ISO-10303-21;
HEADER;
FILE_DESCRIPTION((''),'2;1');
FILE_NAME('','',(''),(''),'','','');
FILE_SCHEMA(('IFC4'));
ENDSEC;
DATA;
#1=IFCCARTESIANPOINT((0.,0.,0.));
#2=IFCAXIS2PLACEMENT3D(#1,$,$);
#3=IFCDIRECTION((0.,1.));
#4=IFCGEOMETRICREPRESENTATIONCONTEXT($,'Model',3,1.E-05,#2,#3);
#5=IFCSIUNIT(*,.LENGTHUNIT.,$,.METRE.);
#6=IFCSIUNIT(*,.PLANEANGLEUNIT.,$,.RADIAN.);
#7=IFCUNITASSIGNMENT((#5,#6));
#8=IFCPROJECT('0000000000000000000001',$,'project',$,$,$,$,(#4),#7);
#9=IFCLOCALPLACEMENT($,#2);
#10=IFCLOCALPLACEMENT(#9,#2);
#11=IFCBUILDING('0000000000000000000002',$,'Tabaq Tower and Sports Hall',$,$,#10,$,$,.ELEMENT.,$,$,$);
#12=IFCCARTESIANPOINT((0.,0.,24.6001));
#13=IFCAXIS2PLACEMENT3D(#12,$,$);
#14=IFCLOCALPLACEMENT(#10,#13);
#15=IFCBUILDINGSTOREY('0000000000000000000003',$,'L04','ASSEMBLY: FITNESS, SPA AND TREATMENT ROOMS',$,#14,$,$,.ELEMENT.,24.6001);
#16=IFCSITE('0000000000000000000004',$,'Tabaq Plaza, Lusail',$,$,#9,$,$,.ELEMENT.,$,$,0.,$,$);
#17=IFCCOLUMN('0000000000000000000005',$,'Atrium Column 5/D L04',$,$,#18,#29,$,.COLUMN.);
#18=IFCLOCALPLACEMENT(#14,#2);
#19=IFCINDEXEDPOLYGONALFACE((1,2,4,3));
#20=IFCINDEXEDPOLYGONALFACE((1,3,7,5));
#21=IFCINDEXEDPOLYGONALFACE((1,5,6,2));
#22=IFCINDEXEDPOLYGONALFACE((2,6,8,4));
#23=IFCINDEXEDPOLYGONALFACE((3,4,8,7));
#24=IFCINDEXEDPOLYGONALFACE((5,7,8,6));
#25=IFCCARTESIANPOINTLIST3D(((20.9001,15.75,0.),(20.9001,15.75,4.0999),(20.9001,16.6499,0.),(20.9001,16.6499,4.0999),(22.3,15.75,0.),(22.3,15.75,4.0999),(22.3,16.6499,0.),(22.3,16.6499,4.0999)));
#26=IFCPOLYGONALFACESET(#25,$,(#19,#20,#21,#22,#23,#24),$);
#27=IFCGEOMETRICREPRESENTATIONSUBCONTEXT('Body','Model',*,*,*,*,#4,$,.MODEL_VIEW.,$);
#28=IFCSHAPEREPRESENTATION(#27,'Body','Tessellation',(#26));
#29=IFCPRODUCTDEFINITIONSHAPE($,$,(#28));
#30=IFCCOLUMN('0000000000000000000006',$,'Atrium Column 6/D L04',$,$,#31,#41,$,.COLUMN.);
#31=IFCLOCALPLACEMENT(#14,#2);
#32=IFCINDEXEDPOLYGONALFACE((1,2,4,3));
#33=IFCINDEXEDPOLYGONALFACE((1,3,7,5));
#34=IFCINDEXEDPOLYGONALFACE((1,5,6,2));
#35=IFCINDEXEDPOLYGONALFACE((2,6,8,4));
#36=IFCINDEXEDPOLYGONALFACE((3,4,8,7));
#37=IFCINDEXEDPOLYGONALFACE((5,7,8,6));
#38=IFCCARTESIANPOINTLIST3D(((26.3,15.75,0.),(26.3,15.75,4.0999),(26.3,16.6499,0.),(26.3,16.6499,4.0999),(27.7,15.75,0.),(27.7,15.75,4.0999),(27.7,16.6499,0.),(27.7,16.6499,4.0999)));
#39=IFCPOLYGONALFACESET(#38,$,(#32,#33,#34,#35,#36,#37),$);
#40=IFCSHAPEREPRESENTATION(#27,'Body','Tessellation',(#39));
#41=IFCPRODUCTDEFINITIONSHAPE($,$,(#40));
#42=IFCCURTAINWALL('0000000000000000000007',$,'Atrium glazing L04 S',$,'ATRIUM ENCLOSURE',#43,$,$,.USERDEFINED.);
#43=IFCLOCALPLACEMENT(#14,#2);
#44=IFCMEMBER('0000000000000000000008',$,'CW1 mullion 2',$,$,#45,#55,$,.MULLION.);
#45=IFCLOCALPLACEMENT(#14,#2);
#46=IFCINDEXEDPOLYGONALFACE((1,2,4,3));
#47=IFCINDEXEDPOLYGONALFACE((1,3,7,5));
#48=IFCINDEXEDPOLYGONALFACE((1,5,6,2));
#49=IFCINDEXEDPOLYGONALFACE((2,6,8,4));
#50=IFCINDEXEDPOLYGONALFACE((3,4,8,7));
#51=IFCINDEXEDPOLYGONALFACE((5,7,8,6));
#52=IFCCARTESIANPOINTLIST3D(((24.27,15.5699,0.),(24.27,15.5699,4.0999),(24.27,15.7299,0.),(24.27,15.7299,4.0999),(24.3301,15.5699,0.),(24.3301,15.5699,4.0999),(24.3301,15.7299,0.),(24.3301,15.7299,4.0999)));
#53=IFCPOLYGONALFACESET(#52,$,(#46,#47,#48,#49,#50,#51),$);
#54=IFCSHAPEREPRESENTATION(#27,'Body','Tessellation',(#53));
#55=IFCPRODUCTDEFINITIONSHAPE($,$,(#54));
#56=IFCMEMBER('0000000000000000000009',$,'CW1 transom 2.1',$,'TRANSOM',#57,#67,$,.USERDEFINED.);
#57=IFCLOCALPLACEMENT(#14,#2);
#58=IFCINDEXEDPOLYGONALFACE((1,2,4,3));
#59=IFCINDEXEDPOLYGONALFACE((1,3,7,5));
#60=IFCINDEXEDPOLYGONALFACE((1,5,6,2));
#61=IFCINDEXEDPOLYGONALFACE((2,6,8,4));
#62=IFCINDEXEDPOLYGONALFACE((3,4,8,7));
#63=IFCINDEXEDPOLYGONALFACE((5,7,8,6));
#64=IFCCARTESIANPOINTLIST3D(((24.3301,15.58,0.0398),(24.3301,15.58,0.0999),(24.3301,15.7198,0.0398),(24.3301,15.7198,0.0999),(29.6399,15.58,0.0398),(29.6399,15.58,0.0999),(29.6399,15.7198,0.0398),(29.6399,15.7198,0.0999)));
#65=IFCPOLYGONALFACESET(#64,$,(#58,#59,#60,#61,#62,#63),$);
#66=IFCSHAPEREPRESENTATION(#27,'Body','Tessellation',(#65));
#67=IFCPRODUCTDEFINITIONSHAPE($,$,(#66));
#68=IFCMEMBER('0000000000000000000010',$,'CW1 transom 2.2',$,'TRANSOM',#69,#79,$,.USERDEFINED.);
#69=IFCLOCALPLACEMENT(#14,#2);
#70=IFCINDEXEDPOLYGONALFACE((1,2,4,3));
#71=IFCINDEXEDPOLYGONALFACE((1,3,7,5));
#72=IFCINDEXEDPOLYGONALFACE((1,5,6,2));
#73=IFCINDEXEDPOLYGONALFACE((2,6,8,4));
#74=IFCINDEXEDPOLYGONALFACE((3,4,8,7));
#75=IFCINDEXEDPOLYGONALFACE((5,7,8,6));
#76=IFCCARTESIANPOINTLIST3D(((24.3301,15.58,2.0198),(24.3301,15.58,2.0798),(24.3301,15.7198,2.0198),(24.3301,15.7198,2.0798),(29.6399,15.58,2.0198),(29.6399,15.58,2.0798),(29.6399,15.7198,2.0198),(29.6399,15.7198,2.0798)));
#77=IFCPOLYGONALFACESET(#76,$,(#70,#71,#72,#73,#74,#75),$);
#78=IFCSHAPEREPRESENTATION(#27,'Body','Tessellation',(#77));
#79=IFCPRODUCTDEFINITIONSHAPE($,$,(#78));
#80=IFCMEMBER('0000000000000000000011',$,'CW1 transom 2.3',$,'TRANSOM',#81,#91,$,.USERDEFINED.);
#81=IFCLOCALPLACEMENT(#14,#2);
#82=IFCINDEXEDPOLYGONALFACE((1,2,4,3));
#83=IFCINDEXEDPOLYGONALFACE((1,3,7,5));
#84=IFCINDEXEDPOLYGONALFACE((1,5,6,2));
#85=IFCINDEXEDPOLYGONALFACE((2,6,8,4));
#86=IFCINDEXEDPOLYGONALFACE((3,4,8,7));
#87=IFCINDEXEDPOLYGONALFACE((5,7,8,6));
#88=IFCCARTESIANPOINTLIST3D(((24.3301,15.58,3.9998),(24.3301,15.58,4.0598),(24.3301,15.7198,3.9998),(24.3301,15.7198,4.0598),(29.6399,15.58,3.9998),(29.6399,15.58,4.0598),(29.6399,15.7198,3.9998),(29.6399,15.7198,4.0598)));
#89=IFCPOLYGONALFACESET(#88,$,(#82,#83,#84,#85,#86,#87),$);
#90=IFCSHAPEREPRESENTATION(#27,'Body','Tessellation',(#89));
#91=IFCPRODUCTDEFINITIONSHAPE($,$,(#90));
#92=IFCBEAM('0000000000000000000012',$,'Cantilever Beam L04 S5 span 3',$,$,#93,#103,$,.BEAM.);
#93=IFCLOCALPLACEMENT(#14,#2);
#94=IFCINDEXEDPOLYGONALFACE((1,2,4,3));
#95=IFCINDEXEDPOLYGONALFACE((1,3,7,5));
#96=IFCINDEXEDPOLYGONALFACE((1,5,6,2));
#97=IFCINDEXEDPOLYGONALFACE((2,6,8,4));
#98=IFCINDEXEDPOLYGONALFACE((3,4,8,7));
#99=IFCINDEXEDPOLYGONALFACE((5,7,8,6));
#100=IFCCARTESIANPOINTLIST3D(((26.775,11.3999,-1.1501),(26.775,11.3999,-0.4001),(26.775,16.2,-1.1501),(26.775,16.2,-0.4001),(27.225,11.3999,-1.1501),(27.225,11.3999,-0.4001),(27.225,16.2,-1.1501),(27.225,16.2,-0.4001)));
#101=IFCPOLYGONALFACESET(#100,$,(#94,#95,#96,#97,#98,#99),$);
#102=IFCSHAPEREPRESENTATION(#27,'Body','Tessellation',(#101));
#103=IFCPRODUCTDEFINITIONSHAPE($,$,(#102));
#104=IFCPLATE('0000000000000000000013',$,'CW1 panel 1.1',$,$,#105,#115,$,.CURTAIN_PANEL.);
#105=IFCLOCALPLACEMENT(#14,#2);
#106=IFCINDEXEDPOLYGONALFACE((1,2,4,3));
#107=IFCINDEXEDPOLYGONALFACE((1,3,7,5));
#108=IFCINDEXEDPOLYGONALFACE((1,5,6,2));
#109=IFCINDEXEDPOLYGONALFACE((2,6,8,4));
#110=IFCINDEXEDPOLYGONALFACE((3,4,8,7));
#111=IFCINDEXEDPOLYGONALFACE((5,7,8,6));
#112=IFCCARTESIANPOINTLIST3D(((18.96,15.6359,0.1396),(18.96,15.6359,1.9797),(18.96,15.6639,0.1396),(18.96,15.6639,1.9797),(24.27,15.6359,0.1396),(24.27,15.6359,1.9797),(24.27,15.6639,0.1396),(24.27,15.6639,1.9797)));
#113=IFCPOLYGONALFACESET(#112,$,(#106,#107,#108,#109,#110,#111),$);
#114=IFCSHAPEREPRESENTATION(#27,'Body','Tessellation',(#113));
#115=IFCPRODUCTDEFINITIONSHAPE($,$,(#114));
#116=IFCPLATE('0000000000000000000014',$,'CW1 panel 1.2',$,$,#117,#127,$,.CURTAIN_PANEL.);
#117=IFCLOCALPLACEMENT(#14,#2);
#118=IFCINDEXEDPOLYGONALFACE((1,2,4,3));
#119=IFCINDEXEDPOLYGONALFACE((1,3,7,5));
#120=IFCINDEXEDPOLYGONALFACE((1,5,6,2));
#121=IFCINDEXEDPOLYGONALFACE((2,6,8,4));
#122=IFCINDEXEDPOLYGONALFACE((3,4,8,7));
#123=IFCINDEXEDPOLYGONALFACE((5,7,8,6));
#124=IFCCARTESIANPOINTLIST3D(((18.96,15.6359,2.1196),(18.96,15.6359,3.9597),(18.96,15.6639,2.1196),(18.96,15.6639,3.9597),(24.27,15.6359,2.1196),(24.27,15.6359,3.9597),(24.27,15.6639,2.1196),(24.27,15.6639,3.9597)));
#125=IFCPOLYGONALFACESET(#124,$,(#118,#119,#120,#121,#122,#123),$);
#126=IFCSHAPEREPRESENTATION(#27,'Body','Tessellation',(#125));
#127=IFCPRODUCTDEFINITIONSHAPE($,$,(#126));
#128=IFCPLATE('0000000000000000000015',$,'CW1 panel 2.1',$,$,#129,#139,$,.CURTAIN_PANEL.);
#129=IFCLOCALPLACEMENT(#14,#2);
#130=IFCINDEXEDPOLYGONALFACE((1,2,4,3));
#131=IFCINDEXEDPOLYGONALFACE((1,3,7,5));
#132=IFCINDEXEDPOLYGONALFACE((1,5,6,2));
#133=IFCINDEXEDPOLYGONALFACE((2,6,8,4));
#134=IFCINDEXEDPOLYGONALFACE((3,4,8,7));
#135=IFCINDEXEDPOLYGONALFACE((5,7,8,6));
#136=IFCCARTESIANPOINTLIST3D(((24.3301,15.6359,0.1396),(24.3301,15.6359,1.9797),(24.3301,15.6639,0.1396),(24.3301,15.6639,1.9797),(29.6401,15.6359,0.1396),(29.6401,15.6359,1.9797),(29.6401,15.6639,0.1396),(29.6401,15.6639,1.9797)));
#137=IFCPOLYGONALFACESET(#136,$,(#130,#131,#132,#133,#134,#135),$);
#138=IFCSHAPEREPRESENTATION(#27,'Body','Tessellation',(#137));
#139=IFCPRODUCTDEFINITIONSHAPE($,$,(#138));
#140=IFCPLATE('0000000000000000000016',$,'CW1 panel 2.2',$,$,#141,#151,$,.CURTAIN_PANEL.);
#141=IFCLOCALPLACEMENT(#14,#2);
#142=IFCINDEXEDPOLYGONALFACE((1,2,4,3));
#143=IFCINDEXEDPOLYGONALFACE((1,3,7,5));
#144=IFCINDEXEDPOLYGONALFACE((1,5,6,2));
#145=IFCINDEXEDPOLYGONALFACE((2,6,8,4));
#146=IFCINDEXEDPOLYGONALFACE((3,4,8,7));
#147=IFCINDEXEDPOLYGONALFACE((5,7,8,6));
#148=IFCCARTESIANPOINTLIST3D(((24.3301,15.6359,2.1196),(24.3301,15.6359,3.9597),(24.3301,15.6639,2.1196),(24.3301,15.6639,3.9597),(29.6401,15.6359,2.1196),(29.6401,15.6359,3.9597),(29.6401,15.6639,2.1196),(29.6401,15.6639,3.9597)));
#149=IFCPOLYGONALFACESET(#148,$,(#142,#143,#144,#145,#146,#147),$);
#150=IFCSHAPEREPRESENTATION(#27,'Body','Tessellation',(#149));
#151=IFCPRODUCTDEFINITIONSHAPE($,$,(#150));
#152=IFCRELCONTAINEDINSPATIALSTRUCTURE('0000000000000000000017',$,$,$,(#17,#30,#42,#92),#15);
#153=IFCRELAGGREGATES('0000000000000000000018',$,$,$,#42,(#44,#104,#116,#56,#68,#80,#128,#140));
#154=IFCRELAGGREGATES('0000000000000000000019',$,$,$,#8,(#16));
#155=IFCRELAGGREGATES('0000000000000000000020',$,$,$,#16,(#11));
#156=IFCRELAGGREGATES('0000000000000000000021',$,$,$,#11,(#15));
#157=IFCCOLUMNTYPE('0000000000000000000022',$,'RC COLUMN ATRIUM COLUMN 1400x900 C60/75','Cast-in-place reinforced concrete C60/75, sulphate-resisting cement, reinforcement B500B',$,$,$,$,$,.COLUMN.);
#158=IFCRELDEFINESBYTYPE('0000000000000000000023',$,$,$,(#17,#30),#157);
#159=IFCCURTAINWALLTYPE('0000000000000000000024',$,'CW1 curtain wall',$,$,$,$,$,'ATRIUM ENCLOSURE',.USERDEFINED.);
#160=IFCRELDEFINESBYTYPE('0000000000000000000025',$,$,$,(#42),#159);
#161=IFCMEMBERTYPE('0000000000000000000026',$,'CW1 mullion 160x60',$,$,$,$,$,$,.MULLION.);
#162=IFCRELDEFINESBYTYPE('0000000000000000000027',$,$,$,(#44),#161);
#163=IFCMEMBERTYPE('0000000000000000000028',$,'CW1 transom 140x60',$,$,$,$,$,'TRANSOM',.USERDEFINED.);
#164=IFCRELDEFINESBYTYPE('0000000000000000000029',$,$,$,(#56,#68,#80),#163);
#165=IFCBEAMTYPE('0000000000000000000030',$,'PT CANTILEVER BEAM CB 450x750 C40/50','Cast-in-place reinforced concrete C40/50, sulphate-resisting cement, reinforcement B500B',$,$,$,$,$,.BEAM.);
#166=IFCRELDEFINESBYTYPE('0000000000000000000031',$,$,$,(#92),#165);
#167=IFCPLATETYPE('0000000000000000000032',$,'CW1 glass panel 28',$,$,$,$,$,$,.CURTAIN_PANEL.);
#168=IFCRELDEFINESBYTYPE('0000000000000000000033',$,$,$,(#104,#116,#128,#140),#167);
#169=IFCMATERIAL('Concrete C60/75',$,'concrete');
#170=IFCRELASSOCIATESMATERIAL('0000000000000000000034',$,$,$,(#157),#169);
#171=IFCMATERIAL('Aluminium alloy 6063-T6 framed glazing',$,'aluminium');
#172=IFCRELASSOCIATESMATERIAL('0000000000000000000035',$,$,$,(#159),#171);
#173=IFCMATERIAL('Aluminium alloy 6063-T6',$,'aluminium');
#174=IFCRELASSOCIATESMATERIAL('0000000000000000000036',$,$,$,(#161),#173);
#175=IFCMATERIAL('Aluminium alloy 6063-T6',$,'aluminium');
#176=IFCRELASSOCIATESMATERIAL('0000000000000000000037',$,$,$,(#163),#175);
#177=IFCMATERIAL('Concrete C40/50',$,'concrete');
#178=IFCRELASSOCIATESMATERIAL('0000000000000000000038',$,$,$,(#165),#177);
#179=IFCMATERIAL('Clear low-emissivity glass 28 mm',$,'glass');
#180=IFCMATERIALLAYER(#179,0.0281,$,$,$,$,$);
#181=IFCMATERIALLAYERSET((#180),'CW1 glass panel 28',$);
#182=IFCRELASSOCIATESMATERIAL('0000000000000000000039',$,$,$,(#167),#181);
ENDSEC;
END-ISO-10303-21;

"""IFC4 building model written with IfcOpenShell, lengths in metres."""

from ifc_helpers import new_model, si_unit, direction, frame, origin, origin_2d, place, context, subcontext, project, spatial, rectangle, extrude, material, layer, layer_set, material_profile, profile_set, type_object, element, aggregate, save


model = new_model("IFC4")

# Units and contexts
model_context = context("Model", 3, precision=1e-05, world=origin(), true_north=direction((0.0, 1.0)))
body_context = subcontext(model_context, "Body", "Model", "MODEL_VIEW")
ifc_project = project(units=[si_unit("LENGTHUNIT", "METRE"), si_unit("PLANEANGLEUNIT", "RADIAN")], contexts=[model_context])

# Site, building, storey
site_placement = place(None, origin())
site = spatial("IfcSite", under=ifc_project, at=site_placement, Name="Tabaq Plaza, Lusail", CompositionType="ELEMENT", RefElevation=0.0)
building_placement = place(site_placement, origin())
building = spatial("IfcBuilding", under=site, at=building_placement, Name="Tabaq Tower and Sports Hall", CompositionType="ELEMENT")
storey_placement = place(building_placement, frame((0.0, 0.0, 24.6001)))
storey = spatial("IfcBuildingStorey", under=building, at=storey_placement, Name="L04", Description="ASSEMBLY: FITNESS, SPA AND TREATMENT ROOMS", CompositionType="ELEMENT", Elevation=24.6001)

# Columns
ifc_material_1 = material(Name="Concrete C60/75", Category="concrete")
ifc_material_profile_1 = material_profile(ifc_material_1, rectangle(XDim=1.3999, YDim=0.8999, at=origin_2d()), Name="ATRIUM COLUMN 1400x900")
ifc_profile_set_1 = profile_set([ifc_material_profile_1], Name="Concrete C60/75")
column_type = type_object("IfcColumnType", Name="RC COLUMN ATRIUM COLUMN 1400x900 C60/75", Description="Cast-in-place reinforced concrete C60/75, sulphate-resisting cement, reinforcement B500B", PredefinedType="COLUMN", material=ifc_profile_set_1)
for number, where, z_axis, x_axis, name in (
    (1, (21.6001, 16.2, 0.0), (0.0, 0.0, 1.0), (1.0, 0.0, 0.0), "Atrium Column 5/D L04"),
    (2, (27.0, 16.2, 0.0), (0.0, 0.0, 1.0), (1.0, 0.0, 0.0), "Atrium Column 6/D L04"),
):
    element("IfcColumn", number, at=place(storey_placement, frame(where, z_axis=z_axis, x_axis=x_axis)), inside=storey, type_object=column_type, Name=name, PredefinedType="COLUMN", context=body_context, shape_type="SweptSolid", body=[
        extrude(rectangle(XDim=1.3999, YDim=0.8999, at=origin_2d()), origin(), (0.0, 0.0, 1.0), 4.0999),
    ])

# Curtain wall, members
ifc_material_2 = material(Name="Aluminium alloy 6063-T6 framed glazing", Category="aluminium")
curtain_wall_type = type_object("IfcCurtainWallType", Name="CW1 curtain wall", ElementType="ATRIUM ENCLOSURE", PredefinedType="USERDEFINED", material=ifc_material_2)
curtain_wall_placement = place(storey_placement, origin())
curtain_wall = element("IfcCurtainWall", 3, at=curtain_wall_placement, inside=storey, type_object=curtain_wall_type, Name="Atrium glazing L04 S", ObjectType="ATRIUM ENCLOSURE", PredefinedType="USERDEFINED")
ifc_material_3 = material(Name="Aluminium alloy 6063-T6", Category="aluminium")
ifc_material_profile_2 = material_profile(ifc_material_3, rectangle(XDim=0.1599, YDim=0.0601, at=origin_2d()), Name="MULLION 160x60")
ifc_profile_set_2 = profile_set([ifc_material_profile_2], Name="Aluminium alloy 6063-T6")
member_type_1 = type_object("IfcMemberType", Name="CW1 mullion 160x60", PredefinedType="MULLION", material=ifc_profile_set_2)
member_1_placement = place(storey_placement, frame((24.3, 15.6499, 0.0), z_axis=(0.0, 0.0, 1.0), x_axis=(0.0, 1.0, 0.0)))
member_1 = element("IfcMember", 4, at=member_1_placement, type_object=member_type_1, Name="CW1 mullion 2", PredefinedType="MULLION", context=body_context, shape_type="SweptSolid", body=[
    extrude(rectangle(XDim=0.1599, YDim=0.0601, at=origin_2d()), origin(), (0.0, 0.0, 1.0), 4.0999),
])
ifc_material_4 = material(Name="Aluminium alloy 6063-T6", Category="aluminium")
ifc_material_profile_3 = material_profile(ifc_material_4, rectangle(XDim=0.1399, YDim=0.0601, at=origin_2d()), Name="TRANSOM 140x60")
ifc_profile_set_3 = profile_set([ifc_material_profile_3], Name="Aluminium alloy 6063-T6")
member_type_2 = type_object("IfcMemberType", Name="CW1 transom 140x60", ElementType="TRANSOM", PredefinedType="USERDEFINED", material=ifc_profile_set_3)
member_2_placement = place(storey_placement, frame((24.3301, 15.6499, 0.0698), z_axis=(1.0, 0.0, 0.0), x_axis=(0.0, 1.0, 0.0)))
member_2 = element("IfcMember", 5, at=member_2_placement, type_object=member_type_2, Name="CW1 transom 2.1", ObjectType="TRANSOM", PredefinedType="USERDEFINED", context=body_context, shape_type="SweptSolid", body=[
    extrude(rectangle(XDim=0.1399, YDim=0.0601, at=origin_2d()), origin(), (0.0, 0.0, 1.0), 5.3098),
])
member_3_placement = place(storey_placement, frame((24.3301, 15.6499, 2.0498), z_axis=(1.0, 0.0, 0.0), x_axis=(0.0, 1.0, 0.0)))
member_3 = element("IfcMember", 6, at=member_3_placement, type_object=member_type_2, Name="CW1 transom 2.2", ObjectType="TRANSOM", PredefinedType="USERDEFINED", context=body_context, shape_type="SweptSolid", body=[
    extrude(rectangle(XDim=0.1399, YDim=0.0601, at=origin_2d()), origin(), (0.0, 0.0, 1.0), 5.3098),
])
member_4_placement = place(storey_placement, frame((24.3301, 15.6499, 4.0298), z_axis=(1.0, 0.0, 0.0), x_axis=(0.0, 1.0, 0.0)))
member_4 = element("IfcMember", 7, at=member_4_placement, type_object=member_type_2, Name="CW1 transom 2.3", ObjectType="TRANSOM", PredefinedType="USERDEFINED", context=body_context, shape_type="SweptSolid", body=[
    extrude(rectangle(XDim=0.1399, YDim=0.0601, at=origin_2d()), origin(), (0.0, 0.0, 1.0), 5.3098),
])

# Beam
ifc_material_5 = material(Name="Concrete C40/50", Category="concrete")
ifc_material_profile_4 = material_profile(ifc_material_5, rectangle(XDim=0.45, YDim=0.75, at=origin_2d()), Name="CB 450x750")
ifc_profile_set_4 = profile_set([ifc_material_profile_4], Name="Concrete C40/50")
beam_type = type_object("IfcBeamType", Name="PT CANTILEVER BEAM CB 450x750 C40/50", Description="Cast-in-place reinforced concrete C40/50, sulphate-resisting cement, reinforcement B500B", PredefinedType="BEAM", material=ifc_profile_set_4)
beam_placement = place(storey_placement, frame((27.0, 11.3999, -0.7751), z_axis=(0.0, 1.0, 0.0), x_axis=(-1.0, 0.0, 0.0)))
element("IfcBeam", 8, at=beam_placement, inside=storey, type_object=beam_type, Name="Cantilever Beam L04 S5 span 3", PredefinedType="BEAM", context=body_context, shape_type="SweptSolid", body=[
    extrude(rectangle(XDim=0.45, YDim=0.75, at=origin_2d()), origin(), (0.0, 0.0, 1.0), 4.8),
])

# Plates
ifc_material_6 = material(Name="Clear low-emissivity glass 28 mm", Category="glass")
ifc_layer = layer(ifc_material_6, 0.0281)
ifc_layer_set = layer_set([ifc_layer], Name="CW1 glass panel 28")
plate_type = type_object("IfcPlateType", Name="CW1 glass panel 28", PredefinedType="CURTAIN_PANEL", material=ifc_layer_set)
plate_1_placement = place(storey_placement, frame((21.615, 15.6499, 0.1396), z_axis=(0.0, 0.0, 1.0), x_axis=(1.0, 0.0, 0.0)))
plate_1 = element("IfcPlate", 9, at=plate_1_placement, type_object=plate_type, Name="CW1 panel 1.1", PredefinedType="CURTAIN_PANEL", context=body_context, shape_type="SweptSolid", body=[
    extrude(rectangle(XDim=5.3101, YDim=0.0281, at=origin_2d()), origin(), (0.0, 0.0, 1.0), 1.8401),
])
plate_2_placement = place(storey_placement, frame((21.615, 15.6499, 2.1196), z_axis=(0.0, 0.0, 1.0), x_axis=(1.0, 0.0, 0.0)))
plate_2 = element("IfcPlate", 10, at=plate_2_placement, type_object=plate_type, Name="CW1 panel 1.2", PredefinedType="CURTAIN_PANEL", context=body_context, shape_type="SweptSolid", body=[
    extrude(rectangle(XDim=5.3101, YDim=0.0281, at=origin_2d()), origin(), (0.0, 0.0, 1.0), 1.8401),
])
plate_3_placement = place(storey_placement, frame((26.9851, 15.6499, 0.1396), z_axis=(0.0, 0.0, 1.0), x_axis=(1.0, 0.0, 0.0)))
plate_3 = element("IfcPlate", 11, at=plate_3_placement, type_object=plate_type, Name="CW1 panel 2.1", PredefinedType="CURTAIN_PANEL", context=body_context, shape_type="SweptSolid", body=[
    extrude(rectangle(XDim=5.3101, YDim=0.0281, at=origin_2d()), origin(), (0.0, 0.0, 1.0), 1.8401),
])
plate_4_placement = place(storey_placement, frame((26.9851, 15.6499, 2.1196), z_axis=(0.0, 0.0, 1.0), x_axis=(1.0, 0.0, 0.0)))
plate_4 = element("IfcPlate", 12, at=plate_4_placement, type_object=plate_type, Name="CW1 panel 2.2", PredefinedType="CURTAIN_PANEL", context=body_context, shape_type="SweptSolid", body=[
    extrude(rectangle(XDim=5.3101, YDim=0.0281, at=origin_2d()), origin(), (0.0, 0.0, 1.0), 1.8401),
])
aggregate(curtain_wall, [member_1, plate_1, plate_2, member_2, member_3, member_4, plate_3, plate_4])

save(model, "model.ifc")
